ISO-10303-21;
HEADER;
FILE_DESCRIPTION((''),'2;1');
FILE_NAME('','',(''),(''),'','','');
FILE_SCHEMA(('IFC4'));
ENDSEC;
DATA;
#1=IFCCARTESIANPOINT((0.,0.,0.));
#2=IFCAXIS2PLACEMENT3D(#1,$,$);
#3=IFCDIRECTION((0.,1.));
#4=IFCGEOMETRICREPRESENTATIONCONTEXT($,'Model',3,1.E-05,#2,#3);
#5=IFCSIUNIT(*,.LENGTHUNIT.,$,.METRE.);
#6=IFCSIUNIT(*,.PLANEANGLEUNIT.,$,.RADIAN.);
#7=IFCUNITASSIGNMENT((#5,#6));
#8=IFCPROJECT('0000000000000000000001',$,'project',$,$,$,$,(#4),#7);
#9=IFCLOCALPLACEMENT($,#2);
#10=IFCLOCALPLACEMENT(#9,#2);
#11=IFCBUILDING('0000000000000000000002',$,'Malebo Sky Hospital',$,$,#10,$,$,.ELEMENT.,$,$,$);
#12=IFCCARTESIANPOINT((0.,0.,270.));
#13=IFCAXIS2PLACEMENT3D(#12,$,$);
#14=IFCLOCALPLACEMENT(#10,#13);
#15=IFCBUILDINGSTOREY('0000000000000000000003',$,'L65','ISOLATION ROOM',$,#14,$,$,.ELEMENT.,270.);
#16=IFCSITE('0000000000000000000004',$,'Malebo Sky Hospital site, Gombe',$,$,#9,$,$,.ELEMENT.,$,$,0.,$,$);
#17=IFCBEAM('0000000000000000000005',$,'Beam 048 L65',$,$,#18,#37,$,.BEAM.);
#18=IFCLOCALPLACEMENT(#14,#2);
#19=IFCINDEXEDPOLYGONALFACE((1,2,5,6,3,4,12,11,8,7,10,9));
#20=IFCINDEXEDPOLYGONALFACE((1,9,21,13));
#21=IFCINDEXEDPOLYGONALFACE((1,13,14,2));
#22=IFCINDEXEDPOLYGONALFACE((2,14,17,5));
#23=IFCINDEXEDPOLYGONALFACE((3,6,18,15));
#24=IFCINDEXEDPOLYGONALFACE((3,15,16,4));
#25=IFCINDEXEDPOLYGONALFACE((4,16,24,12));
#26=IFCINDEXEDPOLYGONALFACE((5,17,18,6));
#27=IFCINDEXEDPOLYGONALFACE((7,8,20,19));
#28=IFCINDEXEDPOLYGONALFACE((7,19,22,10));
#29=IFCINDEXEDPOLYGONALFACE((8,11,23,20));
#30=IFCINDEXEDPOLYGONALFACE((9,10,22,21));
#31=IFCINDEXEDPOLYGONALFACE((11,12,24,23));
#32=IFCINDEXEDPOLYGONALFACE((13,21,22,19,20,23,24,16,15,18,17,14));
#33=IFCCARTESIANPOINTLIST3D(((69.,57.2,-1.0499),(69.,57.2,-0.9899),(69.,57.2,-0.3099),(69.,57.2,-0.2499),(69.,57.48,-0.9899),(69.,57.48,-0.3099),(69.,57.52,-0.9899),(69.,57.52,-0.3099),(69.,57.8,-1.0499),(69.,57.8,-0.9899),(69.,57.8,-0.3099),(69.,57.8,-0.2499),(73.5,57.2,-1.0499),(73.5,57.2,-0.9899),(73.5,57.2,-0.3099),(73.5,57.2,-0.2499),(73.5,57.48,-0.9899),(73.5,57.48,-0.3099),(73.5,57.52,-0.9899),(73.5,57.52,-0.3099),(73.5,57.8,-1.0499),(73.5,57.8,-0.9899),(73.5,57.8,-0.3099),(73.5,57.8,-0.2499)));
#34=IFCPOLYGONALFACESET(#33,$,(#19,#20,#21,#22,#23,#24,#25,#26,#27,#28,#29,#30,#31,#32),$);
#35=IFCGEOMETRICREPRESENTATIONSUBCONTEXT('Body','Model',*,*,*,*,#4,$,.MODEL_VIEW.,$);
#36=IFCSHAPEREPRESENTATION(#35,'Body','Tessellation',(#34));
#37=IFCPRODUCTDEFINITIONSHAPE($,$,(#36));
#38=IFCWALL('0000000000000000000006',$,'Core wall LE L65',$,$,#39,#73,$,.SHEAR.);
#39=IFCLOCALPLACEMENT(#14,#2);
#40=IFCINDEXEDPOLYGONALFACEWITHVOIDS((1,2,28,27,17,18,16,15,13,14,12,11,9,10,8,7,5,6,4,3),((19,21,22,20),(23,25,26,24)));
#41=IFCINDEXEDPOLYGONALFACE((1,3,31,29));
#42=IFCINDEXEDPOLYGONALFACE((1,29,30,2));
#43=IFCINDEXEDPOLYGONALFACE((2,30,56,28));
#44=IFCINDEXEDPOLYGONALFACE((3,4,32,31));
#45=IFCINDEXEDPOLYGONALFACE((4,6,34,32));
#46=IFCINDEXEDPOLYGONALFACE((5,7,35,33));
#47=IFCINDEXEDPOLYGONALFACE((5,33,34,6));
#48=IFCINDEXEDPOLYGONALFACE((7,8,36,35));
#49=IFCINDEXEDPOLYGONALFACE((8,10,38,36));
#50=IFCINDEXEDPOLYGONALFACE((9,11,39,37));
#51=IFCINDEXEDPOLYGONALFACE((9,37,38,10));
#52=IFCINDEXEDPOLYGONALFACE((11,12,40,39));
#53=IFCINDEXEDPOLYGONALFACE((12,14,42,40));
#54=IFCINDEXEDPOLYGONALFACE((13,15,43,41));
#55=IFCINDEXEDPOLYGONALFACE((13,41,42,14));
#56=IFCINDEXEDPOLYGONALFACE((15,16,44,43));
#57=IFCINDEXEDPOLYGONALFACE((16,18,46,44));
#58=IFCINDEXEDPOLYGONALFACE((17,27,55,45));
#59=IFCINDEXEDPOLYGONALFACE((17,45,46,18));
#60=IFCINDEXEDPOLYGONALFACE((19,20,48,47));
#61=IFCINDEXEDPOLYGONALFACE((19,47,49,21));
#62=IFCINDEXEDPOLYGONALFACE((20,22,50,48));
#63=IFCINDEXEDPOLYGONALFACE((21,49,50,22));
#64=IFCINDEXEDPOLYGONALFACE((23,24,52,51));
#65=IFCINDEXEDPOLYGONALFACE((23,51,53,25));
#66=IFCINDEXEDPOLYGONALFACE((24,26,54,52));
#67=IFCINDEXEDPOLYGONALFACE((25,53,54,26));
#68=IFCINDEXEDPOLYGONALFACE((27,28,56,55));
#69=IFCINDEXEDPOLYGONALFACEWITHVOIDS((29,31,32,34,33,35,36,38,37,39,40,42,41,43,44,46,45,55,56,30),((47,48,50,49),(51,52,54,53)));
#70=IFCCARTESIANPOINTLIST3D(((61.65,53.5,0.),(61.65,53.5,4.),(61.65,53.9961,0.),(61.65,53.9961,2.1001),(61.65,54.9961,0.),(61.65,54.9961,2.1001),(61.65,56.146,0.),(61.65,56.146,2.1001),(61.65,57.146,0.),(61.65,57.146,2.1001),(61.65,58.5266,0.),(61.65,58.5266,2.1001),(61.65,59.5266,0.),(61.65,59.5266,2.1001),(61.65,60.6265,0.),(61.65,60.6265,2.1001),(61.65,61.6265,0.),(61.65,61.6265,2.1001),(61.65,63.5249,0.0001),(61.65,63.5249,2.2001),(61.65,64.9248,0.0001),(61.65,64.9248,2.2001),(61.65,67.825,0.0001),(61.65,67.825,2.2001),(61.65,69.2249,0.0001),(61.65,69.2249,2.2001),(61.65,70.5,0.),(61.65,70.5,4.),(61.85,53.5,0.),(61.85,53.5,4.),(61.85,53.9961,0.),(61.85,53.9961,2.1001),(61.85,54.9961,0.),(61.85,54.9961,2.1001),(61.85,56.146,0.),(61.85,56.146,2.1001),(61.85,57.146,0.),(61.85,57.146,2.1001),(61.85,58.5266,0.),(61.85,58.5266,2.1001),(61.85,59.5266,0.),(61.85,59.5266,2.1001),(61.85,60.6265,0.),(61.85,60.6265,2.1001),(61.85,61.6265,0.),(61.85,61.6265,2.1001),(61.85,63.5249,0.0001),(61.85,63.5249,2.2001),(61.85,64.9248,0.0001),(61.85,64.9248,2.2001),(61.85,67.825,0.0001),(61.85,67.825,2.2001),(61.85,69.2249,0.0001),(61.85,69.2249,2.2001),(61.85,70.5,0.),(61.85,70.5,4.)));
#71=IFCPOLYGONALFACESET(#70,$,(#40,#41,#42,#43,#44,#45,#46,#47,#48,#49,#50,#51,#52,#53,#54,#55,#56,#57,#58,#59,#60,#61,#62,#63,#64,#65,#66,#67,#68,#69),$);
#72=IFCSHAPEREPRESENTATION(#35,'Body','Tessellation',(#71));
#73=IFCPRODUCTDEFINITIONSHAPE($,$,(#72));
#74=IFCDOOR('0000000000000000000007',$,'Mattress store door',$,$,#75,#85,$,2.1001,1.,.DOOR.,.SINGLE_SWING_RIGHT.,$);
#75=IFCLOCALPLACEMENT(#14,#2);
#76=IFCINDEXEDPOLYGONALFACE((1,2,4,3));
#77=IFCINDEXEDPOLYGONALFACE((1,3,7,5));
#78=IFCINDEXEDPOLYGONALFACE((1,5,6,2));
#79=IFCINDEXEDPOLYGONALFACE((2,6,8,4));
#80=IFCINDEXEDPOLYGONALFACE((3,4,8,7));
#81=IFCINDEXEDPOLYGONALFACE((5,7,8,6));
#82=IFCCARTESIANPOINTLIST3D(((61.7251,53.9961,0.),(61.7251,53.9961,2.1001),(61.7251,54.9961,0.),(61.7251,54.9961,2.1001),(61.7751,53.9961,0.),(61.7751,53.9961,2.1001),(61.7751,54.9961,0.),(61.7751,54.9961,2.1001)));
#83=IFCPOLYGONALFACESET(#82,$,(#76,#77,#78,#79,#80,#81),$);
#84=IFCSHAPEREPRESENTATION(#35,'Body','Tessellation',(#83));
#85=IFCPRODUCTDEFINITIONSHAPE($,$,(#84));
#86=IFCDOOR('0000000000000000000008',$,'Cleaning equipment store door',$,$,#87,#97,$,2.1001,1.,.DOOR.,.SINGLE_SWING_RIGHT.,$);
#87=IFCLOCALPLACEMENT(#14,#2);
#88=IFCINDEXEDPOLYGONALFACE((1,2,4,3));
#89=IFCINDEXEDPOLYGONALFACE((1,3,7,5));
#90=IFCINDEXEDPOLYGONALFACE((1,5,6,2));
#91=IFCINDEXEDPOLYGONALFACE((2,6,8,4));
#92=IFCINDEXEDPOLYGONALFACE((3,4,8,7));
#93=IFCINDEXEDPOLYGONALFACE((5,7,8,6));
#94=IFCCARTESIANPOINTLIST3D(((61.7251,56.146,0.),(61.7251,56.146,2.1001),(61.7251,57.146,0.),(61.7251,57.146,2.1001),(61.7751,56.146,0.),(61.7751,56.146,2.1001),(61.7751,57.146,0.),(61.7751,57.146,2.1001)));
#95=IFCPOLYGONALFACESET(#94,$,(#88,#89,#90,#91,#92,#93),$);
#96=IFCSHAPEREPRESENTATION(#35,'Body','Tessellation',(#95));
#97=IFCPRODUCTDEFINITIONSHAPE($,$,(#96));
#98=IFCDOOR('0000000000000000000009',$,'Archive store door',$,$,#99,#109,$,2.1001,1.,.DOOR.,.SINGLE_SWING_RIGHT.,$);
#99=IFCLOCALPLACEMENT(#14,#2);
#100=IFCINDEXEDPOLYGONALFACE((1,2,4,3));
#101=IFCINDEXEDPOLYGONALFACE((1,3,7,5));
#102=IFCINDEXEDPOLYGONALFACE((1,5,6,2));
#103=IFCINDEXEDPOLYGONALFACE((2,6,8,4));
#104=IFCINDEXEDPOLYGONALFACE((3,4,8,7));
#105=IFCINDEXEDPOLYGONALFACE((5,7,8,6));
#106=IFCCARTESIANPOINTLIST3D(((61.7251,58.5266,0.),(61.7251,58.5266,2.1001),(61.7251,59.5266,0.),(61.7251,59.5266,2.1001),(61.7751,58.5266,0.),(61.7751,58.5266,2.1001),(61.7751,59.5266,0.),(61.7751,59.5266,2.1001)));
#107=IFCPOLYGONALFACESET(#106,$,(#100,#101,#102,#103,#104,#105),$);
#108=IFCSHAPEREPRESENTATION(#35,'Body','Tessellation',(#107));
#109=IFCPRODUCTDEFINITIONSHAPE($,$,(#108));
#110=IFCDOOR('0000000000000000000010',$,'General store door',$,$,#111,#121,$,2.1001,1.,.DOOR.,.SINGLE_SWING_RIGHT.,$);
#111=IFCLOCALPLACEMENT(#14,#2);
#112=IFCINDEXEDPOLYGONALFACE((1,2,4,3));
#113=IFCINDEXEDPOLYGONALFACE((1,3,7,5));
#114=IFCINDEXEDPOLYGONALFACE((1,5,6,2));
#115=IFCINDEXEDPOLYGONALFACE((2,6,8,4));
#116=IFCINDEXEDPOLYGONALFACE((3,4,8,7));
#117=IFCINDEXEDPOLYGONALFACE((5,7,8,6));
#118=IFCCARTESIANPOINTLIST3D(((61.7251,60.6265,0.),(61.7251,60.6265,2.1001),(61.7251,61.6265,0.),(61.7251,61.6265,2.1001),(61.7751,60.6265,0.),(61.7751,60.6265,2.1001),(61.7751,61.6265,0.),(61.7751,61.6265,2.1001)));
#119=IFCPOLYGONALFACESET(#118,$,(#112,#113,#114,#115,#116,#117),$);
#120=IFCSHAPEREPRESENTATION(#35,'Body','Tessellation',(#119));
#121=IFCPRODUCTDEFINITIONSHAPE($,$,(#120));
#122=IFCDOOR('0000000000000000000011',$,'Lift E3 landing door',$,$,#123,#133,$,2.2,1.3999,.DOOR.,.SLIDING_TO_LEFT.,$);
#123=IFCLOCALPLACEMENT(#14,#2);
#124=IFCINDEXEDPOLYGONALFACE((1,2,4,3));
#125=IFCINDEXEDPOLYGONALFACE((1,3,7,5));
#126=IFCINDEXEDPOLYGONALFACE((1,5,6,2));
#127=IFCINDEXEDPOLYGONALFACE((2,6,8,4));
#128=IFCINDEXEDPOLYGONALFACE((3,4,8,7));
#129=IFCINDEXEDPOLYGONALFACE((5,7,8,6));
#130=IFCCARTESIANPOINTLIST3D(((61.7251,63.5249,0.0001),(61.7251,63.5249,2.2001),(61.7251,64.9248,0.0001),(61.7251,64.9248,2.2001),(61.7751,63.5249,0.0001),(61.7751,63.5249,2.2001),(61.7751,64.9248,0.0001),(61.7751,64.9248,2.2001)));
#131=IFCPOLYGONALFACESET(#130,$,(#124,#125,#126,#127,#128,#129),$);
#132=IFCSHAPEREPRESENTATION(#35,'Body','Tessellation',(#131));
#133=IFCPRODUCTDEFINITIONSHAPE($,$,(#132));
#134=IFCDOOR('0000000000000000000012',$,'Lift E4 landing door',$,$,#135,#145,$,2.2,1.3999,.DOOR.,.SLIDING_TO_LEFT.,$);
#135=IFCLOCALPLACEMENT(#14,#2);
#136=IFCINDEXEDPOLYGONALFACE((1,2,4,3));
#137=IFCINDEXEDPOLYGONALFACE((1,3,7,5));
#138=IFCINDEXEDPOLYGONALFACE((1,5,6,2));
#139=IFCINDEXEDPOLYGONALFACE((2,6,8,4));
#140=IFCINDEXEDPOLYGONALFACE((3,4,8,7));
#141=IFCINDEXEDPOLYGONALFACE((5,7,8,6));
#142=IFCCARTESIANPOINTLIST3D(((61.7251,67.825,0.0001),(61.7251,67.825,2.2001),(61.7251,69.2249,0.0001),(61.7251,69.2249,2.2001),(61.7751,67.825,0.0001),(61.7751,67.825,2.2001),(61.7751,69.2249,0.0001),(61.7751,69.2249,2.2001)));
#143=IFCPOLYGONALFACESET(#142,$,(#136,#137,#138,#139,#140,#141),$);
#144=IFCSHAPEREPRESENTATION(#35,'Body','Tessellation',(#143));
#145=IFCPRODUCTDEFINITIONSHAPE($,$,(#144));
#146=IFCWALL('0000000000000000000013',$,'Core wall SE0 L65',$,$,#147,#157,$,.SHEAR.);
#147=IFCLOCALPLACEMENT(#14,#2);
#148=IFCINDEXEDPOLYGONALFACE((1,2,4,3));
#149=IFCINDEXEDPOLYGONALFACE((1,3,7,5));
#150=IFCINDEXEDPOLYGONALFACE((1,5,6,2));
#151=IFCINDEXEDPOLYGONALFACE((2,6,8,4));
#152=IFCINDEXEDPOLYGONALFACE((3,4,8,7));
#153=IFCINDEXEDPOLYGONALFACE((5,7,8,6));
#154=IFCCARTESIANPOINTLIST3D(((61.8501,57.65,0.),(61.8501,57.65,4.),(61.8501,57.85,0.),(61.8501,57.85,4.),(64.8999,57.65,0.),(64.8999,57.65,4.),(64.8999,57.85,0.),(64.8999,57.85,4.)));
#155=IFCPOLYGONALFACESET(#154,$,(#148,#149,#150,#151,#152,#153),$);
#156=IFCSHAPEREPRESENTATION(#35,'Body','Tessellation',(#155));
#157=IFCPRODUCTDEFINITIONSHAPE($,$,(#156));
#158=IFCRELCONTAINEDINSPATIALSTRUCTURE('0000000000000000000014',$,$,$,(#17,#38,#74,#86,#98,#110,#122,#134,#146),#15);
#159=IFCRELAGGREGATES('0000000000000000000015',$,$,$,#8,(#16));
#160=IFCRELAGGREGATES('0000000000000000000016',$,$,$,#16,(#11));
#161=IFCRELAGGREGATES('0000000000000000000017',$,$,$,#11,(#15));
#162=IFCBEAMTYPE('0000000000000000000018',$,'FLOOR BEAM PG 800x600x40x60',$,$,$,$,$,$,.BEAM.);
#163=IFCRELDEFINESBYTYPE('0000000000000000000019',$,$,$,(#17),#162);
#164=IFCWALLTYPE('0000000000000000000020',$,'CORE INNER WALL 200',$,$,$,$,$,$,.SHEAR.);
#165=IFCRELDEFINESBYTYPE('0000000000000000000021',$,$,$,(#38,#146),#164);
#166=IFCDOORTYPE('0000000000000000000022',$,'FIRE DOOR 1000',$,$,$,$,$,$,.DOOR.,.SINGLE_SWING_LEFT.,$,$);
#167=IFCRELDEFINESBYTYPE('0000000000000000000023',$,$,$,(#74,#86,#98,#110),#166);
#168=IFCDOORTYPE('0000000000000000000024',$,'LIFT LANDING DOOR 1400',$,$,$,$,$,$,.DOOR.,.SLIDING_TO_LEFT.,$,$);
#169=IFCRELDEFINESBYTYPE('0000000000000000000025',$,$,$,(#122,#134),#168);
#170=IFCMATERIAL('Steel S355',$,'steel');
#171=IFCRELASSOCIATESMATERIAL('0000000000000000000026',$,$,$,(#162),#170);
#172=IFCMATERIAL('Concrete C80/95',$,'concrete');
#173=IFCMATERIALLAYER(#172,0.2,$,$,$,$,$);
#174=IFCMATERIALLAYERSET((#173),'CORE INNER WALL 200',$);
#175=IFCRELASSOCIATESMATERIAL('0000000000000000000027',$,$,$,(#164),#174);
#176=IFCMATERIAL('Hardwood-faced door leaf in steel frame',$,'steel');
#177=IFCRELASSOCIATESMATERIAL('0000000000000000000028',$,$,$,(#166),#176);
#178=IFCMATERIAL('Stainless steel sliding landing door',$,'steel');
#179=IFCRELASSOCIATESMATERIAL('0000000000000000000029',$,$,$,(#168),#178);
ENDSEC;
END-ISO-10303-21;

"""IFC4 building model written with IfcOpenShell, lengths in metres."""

from ifc_helpers import new_model, si_unit, direction, frame, frame_2d, origin, origin_2d, place, context, subcontext, project, spatial, rectangle, i_section, extrude, material, layer, layer_set, material_profile, profile_set, type_object, element, fill, save


model = new_model("IFC4")

# Units and contexts
model_context = context("Model", 3, precision=1e-05, world=origin(), true_north=direction((0.0, 1.0)))
body_context = subcontext(model_context, "Body", "Model", "MODEL_VIEW")
ifc_project = project(units=[si_unit("LENGTHUNIT", "METRE"), si_unit("PLANEANGLEUNIT", "RADIAN")], contexts=[model_context])

# Site, building, storey
site_placement = place(None, origin())
site = spatial("IfcSite", under=ifc_project, at=site_placement, Name="Malebo Sky Hospital site, Gombe", CompositionType="ELEMENT", RefElevation=0.0)
building_placement = place(site_placement, origin())
building = spatial("IfcBuilding", under=site, at=building_placement, Name="Malebo Sky Hospital", CompositionType="ELEMENT")
storey_placement = place(building_placement, frame((0.0, 0.0, 270.0)))
storey = spatial("IfcBuildingStorey", under=building, at=storey_placement, Name="L65", Description="ISOLATION ROOM", CompositionType="ELEMENT", Elevation=270.0)

# Beam
ifc_material_1 = material(Name="Steel S355", Category="steel")
ifc_material_profile = material_profile(ifc_material_1, i_section(OverallWidth=0.6001, OverallDepth=0.8, WebThickness=0.04, FlangeThickness=0.0601, at=origin_2d()), Name="PG 800x600x40x60")
ifc_profile_set = profile_set([ifc_material_profile], Name="Steel S355")
beam_type = type_object("IfcBeamType", Name="FLOOR BEAM PG 800x600x40x60", PredefinedType="BEAM", material=ifc_profile_set)
beam_placement = place(storey_placement, frame((69.0, 57.5, -0.6499), z_axis=(1.0, 0.0, 0.0), x_axis=(0.0, 1.0, 0.0)))
element("IfcBeam", 1, at=beam_placement, inside=storey, type_object=beam_type, Name="Beam 048 L65", PredefinedType="BEAM", context=body_context, shape_type="SweptSolid", body=[
    extrude(i_section(OverallWidth=0.6001, OverallDepth=0.8, WebThickness=0.04, FlangeThickness=0.0601, at=origin_2d()), origin(), (0.0, 0.0, 1.0), 4.5),
])

# Wall, openings, doors
ifc_material_2 = material(Name="Concrete C80/95", Category="concrete")
ifc_layer_1 = layer(ifc_material_2, 0.2)
ifc_layer_set_1 = layer_set([ifc_layer_1], Name="CORE INNER WALL 200")
wall_type_1 = type_object("IfcWallType", Name="CORE INNER WALL 200", PredefinedType="SHEAR", material=ifc_layer_set_1)
wall_1_placement = place(storey_placement, frame((61.75, 53.5, 0.0), z_axis=(0.0, 0.0, 1.0), x_axis=(0.0, 1.0, 0.0)))
wall_1 = element("IfcWall", 2, at=wall_1_placement, inside=storey, type_object=wall_type_1, Name="Core wall LE L65", PredefinedType="SHEAR", context=body_context, shape_type="SweptSolid", body=[
    extrude(rectangle(XDim=17.0, YDim=0.2, at=frame_2d((8.5, 0.0))), origin(), (0.0, 0.0, 1.0), 4.0),
])
opening_1_placement = place(wall_1_placement, frame((0.4961, 0.0, 0.0)))
opening_1 = element("IfcOpeningElement", 3, at=opening_1_placement, cuts=wall_1, PredefinedType="OPENING", context=body_context, shape_type="SweptSolid", body=[
    extrude(rectangle(XDim=1.0, YDim=2.1001, at=frame_2d((0.5, 1.05))), frame((0.0, 0.1099, 0.0), z_axis=(0.0, -1.0, 0.0), x_axis=(1.0, 0.0, 0.0)), (0.0, 0.0, 1.0), 0.22),
])
opening_2_placement = place(wall_1_placement, frame((2.646, 0.0, 0.0)))
opening_2 = element("IfcOpeningElement", 4, at=opening_2_placement, cuts=wall_1, PredefinedType="OPENING", context=body_context, shape_type="SweptSolid", body=[
    extrude(rectangle(XDim=1.0, YDim=2.1001, at=frame_2d((0.5, 1.05))), frame((0.0, 0.1099, 0.0), z_axis=(0.0, -1.0, 0.0), x_axis=(1.0, 0.0, 0.0)), (0.0, 0.0, 1.0), 0.22),
])
opening_3_placement = place(wall_1_placement, frame((5.0266, 0.0, 0.0)))
opening_3 = element("IfcOpeningElement", 5, at=opening_3_placement, cuts=wall_1, PredefinedType="OPENING", context=body_context, shape_type="SweptSolid", body=[
    extrude(rectangle(XDim=1.0, YDim=2.1001, at=frame_2d((0.5, 1.05))), frame((0.0, 0.1099, 0.0), z_axis=(0.0, -1.0, 0.0), x_axis=(1.0, 0.0, 0.0)), (0.0, 0.0, 1.0), 0.22),
])
opening_4_placement = place(wall_1_placement, frame((7.1265, 0.0, 0.0)))
opening_4 = element("IfcOpeningElement", 6, at=opening_4_placement, cuts=wall_1, PredefinedType="OPENING", context=body_context, shape_type="SweptSolid", body=[
    extrude(rectangle(XDim=1.0, YDim=2.1001, at=frame_2d((0.5, 1.05))), frame((0.0, 0.1099, 0.0), z_axis=(0.0, -1.0, 0.0), x_axis=(1.0, 0.0, 0.0)), (0.0, 0.0, 1.0), 0.22),
])
opening_5_placement = place(wall_1_placement, frame((10.0249, 0.0, 0.0)))
opening_5 = element("IfcOpeningElement", 7, at=opening_5_placement, cuts=wall_1, PredefinedType="OPENING", context=body_context, shape_type="SweptSolid", body=[
    extrude(rectangle(XDim=1.3999, YDim=2.2, at=frame_2d((0.7, 1.1001))), frame((0.0, 0.1099, 0.0), z_axis=(0.0, -1.0, 0.0), x_axis=(1.0, 0.0, 0.0)), (0.0, 0.0, 1.0), 0.22),
])
opening_6_placement = place(wall_1_placement, frame((14.325, 0.0, 0.0)))
opening_6 = element("IfcOpeningElement", 8, at=opening_6_placement, cuts=wall_1, PredefinedType="OPENING", context=body_context, shape_type="SweptSolid", body=[
    extrude(rectangle(XDim=1.3999, YDim=2.2, at=frame_2d((0.7, 1.1001))), frame((0.0, 0.1099, 0.0), z_axis=(0.0, -1.0, 0.0), x_axis=(1.0, 0.0, 0.0)), (0.0, 0.0, 1.0), 0.22),
])
ifc_material_3 = material(Name="Hardwood-faced door leaf in steel frame", Category="steel")
door_type_1 = type_object("IfcDoorType", Name="FIRE DOOR 1000", OperationType="SINGLE_SWING_LEFT", PredefinedType="DOOR", material=ifc_material_3)
door_1_placement = place(opening_1_placement, origin())
door_1 = element("IfcDoor", 9, at=door_1_placement, inside=storey, type_object=door_type_1, Name="Mattress store door", OperationType="SINGLE_SWING_RIGHT", OverallHeight=2.1001, OverallWidth=1.0, PredefinedType="DOOR", context=body_context, shape_type="SweptSolid", body=[
    extrude(rectangle(XDim=1.0, YDim=2.1001, at=frame_2d((0.5, 1.05))), frame((0.0, 0.0249, 0.0), z_axis=(0.0, -1.0, 0.0), x_axis=(1.0, 0.0, 0.0)), (0.0, 0.0, 1.0), 0.05),
])
fill(opening_1, door_1)
door_2_placement = place(opening_2_placement, origin())
door_2 = element("IfcDoor", 10, at=door_2_placement, inside=storey, type_object=door_type_1, Name="Cleaning equipment store door", OperationType="SINGLE_SWING_RIGHT", OverallHeight=2.1001, OverallWidth=1.0, PredefinedType="DOOR", context=body_context, shape_type="SweptSolid", body=[
    extrude(rectangle(XDim=1.0, YDim=2.1001, at=frame_2d((0.5, 1.05))), frame((0.0, 0.0249, 0.0), z_axis=(0.0, -1.0, 0.0), x_axis=(1.0, 0.0, 0.0)), (0.0, 0.0, 1.0), 0.05),
])
fill(opening_2, door_2)
door_3_placement = place(opening_3_placement, origin())
door_3 = element("IfcDoor", 11, at=door_3_placement, inside=storey, type_object=door_type_1, Name="Archive store door", OperationType="SINGLE_SWING_RIGHT", OverallHeight=2.1001, OverallWidth=1.0, PredefinedType="DOOR", context=body_context, shape_type="SweptSolid", body=[
    extrude(rectangle(XDim=1.0, YDim=2.1001, at=frame_2d((0.5, 1.05))), frame((0.0, 0.0249, 0.0), z_axis=(0.0, -1.0, 0.0), x_axis=(1.0, 0.0, 0.0)), (0.0, 0.0, 1.0), 0.05),
])
fill(opening_3, door_3)
door_4_placement = place(opening_4_placement, origin())
door_4 = element("IfcDoor", 12, at=door_4_placement, inside=storey, type_object=door_type_1, Name="General store door", OperationType="SINGLE_SWING_RIGHT", OverallHeight=2.1001, OverallWidth=1.0, PredefinedType="DOOR", context=body_context, shape_type="SweptSolid", body=[
    extrude(rectangle(XDim=1.0, YDim=2.1001, at=frame_2d((0.5, 1.05))), frame((0.0, 0.0249, 0.0), z_axis=(0.0, -1.0, 0.0), x_axis=(1.0, 0.0, 0.0)), (0.0, 0.0, 1.0), 0.05),
])
fill(opening_4, door_4)
ifc_material_4 = material(Name="Stainless steel sliding landing door", Category="steel")
door_type_2 = type_object("IfcDoorType", Name="LIFT LANDING DOOR 1400", OperationType="SLIDING_TO_LEFT", PredefinedType="DOOR", material=ifc_material_4)
door_5_placement = place(opening_5_placement, origin())
door_5 = element("IfcDoor", 13, at=door_5_placement, inside=storey, type_object=door_type_2, Name="Lift E3 landing door", OperationType="SLIDING_TO_LEFT", OverallHeight=2.2, OverallWidth=1.3999, PredefinedType="DOOR", context=body_context, shape_type="SweptSolid", body=[
    extrude(rectangle(XDim=1.3999, YDim=2.2, at=frame_2d((0.7, 1.1001))), frame((0.0, 0.0249, 0.0), z_axis=(0.0, -1.0, 0.0), x_axis=(1.0, 0.0, 0.0)), (0.0, 0.0, 1.0), 0.05),
])
fill(opening_5, door_5)
door_6_placement = place(opening_6_placement, origin())
door_6 = element("IfcDoor", 14, at=door_6_placement, inside=storey, type_object=door_type_2, Name="Lift E4 landing door", OperationType="SLIDING_TO_LEFT", OverallHeight=2.2, OverallWidth=1.3999, PredefinedType="DOOR", context=body_context, shape_type="SweptSolid", body=[
    extrude(rectangle(XDim=1.3999, YDim=2.2, at=frame_2d((0.7, 1.1001))), frame((0.0, 0.0249, 0.0), z_axis=(0.0, -1.0, 0.0), x_axis=(1.0, 0.0, 0.0)), (0.0, 0.0, 1.0), 0.05),
])
fill(opening_6, door_6)

# Wall
wall_2_placement = place(storey_placement, frame((61.8501, 57.75, 0.0), z_axis=(0.0, 0.0, 1.0), x_axis=(1.0, 0.0, 0.0)))
element("IfcWall", 15, at=wall_2_placement, inside=storey, type_object=wall_type_1, Name="Core wall SE0 L65", PredefinedType="SHEAR", context=body_context, shape_type="SweptSolid", body=[
    extrude(rectangle(XDim=3.0498, YDim=0.2, at=frame_2d((1.5249, 0.0))), origin(), (0.0, 0.0, 1.0), 4.0),
])

save(model, "model.ifc")
